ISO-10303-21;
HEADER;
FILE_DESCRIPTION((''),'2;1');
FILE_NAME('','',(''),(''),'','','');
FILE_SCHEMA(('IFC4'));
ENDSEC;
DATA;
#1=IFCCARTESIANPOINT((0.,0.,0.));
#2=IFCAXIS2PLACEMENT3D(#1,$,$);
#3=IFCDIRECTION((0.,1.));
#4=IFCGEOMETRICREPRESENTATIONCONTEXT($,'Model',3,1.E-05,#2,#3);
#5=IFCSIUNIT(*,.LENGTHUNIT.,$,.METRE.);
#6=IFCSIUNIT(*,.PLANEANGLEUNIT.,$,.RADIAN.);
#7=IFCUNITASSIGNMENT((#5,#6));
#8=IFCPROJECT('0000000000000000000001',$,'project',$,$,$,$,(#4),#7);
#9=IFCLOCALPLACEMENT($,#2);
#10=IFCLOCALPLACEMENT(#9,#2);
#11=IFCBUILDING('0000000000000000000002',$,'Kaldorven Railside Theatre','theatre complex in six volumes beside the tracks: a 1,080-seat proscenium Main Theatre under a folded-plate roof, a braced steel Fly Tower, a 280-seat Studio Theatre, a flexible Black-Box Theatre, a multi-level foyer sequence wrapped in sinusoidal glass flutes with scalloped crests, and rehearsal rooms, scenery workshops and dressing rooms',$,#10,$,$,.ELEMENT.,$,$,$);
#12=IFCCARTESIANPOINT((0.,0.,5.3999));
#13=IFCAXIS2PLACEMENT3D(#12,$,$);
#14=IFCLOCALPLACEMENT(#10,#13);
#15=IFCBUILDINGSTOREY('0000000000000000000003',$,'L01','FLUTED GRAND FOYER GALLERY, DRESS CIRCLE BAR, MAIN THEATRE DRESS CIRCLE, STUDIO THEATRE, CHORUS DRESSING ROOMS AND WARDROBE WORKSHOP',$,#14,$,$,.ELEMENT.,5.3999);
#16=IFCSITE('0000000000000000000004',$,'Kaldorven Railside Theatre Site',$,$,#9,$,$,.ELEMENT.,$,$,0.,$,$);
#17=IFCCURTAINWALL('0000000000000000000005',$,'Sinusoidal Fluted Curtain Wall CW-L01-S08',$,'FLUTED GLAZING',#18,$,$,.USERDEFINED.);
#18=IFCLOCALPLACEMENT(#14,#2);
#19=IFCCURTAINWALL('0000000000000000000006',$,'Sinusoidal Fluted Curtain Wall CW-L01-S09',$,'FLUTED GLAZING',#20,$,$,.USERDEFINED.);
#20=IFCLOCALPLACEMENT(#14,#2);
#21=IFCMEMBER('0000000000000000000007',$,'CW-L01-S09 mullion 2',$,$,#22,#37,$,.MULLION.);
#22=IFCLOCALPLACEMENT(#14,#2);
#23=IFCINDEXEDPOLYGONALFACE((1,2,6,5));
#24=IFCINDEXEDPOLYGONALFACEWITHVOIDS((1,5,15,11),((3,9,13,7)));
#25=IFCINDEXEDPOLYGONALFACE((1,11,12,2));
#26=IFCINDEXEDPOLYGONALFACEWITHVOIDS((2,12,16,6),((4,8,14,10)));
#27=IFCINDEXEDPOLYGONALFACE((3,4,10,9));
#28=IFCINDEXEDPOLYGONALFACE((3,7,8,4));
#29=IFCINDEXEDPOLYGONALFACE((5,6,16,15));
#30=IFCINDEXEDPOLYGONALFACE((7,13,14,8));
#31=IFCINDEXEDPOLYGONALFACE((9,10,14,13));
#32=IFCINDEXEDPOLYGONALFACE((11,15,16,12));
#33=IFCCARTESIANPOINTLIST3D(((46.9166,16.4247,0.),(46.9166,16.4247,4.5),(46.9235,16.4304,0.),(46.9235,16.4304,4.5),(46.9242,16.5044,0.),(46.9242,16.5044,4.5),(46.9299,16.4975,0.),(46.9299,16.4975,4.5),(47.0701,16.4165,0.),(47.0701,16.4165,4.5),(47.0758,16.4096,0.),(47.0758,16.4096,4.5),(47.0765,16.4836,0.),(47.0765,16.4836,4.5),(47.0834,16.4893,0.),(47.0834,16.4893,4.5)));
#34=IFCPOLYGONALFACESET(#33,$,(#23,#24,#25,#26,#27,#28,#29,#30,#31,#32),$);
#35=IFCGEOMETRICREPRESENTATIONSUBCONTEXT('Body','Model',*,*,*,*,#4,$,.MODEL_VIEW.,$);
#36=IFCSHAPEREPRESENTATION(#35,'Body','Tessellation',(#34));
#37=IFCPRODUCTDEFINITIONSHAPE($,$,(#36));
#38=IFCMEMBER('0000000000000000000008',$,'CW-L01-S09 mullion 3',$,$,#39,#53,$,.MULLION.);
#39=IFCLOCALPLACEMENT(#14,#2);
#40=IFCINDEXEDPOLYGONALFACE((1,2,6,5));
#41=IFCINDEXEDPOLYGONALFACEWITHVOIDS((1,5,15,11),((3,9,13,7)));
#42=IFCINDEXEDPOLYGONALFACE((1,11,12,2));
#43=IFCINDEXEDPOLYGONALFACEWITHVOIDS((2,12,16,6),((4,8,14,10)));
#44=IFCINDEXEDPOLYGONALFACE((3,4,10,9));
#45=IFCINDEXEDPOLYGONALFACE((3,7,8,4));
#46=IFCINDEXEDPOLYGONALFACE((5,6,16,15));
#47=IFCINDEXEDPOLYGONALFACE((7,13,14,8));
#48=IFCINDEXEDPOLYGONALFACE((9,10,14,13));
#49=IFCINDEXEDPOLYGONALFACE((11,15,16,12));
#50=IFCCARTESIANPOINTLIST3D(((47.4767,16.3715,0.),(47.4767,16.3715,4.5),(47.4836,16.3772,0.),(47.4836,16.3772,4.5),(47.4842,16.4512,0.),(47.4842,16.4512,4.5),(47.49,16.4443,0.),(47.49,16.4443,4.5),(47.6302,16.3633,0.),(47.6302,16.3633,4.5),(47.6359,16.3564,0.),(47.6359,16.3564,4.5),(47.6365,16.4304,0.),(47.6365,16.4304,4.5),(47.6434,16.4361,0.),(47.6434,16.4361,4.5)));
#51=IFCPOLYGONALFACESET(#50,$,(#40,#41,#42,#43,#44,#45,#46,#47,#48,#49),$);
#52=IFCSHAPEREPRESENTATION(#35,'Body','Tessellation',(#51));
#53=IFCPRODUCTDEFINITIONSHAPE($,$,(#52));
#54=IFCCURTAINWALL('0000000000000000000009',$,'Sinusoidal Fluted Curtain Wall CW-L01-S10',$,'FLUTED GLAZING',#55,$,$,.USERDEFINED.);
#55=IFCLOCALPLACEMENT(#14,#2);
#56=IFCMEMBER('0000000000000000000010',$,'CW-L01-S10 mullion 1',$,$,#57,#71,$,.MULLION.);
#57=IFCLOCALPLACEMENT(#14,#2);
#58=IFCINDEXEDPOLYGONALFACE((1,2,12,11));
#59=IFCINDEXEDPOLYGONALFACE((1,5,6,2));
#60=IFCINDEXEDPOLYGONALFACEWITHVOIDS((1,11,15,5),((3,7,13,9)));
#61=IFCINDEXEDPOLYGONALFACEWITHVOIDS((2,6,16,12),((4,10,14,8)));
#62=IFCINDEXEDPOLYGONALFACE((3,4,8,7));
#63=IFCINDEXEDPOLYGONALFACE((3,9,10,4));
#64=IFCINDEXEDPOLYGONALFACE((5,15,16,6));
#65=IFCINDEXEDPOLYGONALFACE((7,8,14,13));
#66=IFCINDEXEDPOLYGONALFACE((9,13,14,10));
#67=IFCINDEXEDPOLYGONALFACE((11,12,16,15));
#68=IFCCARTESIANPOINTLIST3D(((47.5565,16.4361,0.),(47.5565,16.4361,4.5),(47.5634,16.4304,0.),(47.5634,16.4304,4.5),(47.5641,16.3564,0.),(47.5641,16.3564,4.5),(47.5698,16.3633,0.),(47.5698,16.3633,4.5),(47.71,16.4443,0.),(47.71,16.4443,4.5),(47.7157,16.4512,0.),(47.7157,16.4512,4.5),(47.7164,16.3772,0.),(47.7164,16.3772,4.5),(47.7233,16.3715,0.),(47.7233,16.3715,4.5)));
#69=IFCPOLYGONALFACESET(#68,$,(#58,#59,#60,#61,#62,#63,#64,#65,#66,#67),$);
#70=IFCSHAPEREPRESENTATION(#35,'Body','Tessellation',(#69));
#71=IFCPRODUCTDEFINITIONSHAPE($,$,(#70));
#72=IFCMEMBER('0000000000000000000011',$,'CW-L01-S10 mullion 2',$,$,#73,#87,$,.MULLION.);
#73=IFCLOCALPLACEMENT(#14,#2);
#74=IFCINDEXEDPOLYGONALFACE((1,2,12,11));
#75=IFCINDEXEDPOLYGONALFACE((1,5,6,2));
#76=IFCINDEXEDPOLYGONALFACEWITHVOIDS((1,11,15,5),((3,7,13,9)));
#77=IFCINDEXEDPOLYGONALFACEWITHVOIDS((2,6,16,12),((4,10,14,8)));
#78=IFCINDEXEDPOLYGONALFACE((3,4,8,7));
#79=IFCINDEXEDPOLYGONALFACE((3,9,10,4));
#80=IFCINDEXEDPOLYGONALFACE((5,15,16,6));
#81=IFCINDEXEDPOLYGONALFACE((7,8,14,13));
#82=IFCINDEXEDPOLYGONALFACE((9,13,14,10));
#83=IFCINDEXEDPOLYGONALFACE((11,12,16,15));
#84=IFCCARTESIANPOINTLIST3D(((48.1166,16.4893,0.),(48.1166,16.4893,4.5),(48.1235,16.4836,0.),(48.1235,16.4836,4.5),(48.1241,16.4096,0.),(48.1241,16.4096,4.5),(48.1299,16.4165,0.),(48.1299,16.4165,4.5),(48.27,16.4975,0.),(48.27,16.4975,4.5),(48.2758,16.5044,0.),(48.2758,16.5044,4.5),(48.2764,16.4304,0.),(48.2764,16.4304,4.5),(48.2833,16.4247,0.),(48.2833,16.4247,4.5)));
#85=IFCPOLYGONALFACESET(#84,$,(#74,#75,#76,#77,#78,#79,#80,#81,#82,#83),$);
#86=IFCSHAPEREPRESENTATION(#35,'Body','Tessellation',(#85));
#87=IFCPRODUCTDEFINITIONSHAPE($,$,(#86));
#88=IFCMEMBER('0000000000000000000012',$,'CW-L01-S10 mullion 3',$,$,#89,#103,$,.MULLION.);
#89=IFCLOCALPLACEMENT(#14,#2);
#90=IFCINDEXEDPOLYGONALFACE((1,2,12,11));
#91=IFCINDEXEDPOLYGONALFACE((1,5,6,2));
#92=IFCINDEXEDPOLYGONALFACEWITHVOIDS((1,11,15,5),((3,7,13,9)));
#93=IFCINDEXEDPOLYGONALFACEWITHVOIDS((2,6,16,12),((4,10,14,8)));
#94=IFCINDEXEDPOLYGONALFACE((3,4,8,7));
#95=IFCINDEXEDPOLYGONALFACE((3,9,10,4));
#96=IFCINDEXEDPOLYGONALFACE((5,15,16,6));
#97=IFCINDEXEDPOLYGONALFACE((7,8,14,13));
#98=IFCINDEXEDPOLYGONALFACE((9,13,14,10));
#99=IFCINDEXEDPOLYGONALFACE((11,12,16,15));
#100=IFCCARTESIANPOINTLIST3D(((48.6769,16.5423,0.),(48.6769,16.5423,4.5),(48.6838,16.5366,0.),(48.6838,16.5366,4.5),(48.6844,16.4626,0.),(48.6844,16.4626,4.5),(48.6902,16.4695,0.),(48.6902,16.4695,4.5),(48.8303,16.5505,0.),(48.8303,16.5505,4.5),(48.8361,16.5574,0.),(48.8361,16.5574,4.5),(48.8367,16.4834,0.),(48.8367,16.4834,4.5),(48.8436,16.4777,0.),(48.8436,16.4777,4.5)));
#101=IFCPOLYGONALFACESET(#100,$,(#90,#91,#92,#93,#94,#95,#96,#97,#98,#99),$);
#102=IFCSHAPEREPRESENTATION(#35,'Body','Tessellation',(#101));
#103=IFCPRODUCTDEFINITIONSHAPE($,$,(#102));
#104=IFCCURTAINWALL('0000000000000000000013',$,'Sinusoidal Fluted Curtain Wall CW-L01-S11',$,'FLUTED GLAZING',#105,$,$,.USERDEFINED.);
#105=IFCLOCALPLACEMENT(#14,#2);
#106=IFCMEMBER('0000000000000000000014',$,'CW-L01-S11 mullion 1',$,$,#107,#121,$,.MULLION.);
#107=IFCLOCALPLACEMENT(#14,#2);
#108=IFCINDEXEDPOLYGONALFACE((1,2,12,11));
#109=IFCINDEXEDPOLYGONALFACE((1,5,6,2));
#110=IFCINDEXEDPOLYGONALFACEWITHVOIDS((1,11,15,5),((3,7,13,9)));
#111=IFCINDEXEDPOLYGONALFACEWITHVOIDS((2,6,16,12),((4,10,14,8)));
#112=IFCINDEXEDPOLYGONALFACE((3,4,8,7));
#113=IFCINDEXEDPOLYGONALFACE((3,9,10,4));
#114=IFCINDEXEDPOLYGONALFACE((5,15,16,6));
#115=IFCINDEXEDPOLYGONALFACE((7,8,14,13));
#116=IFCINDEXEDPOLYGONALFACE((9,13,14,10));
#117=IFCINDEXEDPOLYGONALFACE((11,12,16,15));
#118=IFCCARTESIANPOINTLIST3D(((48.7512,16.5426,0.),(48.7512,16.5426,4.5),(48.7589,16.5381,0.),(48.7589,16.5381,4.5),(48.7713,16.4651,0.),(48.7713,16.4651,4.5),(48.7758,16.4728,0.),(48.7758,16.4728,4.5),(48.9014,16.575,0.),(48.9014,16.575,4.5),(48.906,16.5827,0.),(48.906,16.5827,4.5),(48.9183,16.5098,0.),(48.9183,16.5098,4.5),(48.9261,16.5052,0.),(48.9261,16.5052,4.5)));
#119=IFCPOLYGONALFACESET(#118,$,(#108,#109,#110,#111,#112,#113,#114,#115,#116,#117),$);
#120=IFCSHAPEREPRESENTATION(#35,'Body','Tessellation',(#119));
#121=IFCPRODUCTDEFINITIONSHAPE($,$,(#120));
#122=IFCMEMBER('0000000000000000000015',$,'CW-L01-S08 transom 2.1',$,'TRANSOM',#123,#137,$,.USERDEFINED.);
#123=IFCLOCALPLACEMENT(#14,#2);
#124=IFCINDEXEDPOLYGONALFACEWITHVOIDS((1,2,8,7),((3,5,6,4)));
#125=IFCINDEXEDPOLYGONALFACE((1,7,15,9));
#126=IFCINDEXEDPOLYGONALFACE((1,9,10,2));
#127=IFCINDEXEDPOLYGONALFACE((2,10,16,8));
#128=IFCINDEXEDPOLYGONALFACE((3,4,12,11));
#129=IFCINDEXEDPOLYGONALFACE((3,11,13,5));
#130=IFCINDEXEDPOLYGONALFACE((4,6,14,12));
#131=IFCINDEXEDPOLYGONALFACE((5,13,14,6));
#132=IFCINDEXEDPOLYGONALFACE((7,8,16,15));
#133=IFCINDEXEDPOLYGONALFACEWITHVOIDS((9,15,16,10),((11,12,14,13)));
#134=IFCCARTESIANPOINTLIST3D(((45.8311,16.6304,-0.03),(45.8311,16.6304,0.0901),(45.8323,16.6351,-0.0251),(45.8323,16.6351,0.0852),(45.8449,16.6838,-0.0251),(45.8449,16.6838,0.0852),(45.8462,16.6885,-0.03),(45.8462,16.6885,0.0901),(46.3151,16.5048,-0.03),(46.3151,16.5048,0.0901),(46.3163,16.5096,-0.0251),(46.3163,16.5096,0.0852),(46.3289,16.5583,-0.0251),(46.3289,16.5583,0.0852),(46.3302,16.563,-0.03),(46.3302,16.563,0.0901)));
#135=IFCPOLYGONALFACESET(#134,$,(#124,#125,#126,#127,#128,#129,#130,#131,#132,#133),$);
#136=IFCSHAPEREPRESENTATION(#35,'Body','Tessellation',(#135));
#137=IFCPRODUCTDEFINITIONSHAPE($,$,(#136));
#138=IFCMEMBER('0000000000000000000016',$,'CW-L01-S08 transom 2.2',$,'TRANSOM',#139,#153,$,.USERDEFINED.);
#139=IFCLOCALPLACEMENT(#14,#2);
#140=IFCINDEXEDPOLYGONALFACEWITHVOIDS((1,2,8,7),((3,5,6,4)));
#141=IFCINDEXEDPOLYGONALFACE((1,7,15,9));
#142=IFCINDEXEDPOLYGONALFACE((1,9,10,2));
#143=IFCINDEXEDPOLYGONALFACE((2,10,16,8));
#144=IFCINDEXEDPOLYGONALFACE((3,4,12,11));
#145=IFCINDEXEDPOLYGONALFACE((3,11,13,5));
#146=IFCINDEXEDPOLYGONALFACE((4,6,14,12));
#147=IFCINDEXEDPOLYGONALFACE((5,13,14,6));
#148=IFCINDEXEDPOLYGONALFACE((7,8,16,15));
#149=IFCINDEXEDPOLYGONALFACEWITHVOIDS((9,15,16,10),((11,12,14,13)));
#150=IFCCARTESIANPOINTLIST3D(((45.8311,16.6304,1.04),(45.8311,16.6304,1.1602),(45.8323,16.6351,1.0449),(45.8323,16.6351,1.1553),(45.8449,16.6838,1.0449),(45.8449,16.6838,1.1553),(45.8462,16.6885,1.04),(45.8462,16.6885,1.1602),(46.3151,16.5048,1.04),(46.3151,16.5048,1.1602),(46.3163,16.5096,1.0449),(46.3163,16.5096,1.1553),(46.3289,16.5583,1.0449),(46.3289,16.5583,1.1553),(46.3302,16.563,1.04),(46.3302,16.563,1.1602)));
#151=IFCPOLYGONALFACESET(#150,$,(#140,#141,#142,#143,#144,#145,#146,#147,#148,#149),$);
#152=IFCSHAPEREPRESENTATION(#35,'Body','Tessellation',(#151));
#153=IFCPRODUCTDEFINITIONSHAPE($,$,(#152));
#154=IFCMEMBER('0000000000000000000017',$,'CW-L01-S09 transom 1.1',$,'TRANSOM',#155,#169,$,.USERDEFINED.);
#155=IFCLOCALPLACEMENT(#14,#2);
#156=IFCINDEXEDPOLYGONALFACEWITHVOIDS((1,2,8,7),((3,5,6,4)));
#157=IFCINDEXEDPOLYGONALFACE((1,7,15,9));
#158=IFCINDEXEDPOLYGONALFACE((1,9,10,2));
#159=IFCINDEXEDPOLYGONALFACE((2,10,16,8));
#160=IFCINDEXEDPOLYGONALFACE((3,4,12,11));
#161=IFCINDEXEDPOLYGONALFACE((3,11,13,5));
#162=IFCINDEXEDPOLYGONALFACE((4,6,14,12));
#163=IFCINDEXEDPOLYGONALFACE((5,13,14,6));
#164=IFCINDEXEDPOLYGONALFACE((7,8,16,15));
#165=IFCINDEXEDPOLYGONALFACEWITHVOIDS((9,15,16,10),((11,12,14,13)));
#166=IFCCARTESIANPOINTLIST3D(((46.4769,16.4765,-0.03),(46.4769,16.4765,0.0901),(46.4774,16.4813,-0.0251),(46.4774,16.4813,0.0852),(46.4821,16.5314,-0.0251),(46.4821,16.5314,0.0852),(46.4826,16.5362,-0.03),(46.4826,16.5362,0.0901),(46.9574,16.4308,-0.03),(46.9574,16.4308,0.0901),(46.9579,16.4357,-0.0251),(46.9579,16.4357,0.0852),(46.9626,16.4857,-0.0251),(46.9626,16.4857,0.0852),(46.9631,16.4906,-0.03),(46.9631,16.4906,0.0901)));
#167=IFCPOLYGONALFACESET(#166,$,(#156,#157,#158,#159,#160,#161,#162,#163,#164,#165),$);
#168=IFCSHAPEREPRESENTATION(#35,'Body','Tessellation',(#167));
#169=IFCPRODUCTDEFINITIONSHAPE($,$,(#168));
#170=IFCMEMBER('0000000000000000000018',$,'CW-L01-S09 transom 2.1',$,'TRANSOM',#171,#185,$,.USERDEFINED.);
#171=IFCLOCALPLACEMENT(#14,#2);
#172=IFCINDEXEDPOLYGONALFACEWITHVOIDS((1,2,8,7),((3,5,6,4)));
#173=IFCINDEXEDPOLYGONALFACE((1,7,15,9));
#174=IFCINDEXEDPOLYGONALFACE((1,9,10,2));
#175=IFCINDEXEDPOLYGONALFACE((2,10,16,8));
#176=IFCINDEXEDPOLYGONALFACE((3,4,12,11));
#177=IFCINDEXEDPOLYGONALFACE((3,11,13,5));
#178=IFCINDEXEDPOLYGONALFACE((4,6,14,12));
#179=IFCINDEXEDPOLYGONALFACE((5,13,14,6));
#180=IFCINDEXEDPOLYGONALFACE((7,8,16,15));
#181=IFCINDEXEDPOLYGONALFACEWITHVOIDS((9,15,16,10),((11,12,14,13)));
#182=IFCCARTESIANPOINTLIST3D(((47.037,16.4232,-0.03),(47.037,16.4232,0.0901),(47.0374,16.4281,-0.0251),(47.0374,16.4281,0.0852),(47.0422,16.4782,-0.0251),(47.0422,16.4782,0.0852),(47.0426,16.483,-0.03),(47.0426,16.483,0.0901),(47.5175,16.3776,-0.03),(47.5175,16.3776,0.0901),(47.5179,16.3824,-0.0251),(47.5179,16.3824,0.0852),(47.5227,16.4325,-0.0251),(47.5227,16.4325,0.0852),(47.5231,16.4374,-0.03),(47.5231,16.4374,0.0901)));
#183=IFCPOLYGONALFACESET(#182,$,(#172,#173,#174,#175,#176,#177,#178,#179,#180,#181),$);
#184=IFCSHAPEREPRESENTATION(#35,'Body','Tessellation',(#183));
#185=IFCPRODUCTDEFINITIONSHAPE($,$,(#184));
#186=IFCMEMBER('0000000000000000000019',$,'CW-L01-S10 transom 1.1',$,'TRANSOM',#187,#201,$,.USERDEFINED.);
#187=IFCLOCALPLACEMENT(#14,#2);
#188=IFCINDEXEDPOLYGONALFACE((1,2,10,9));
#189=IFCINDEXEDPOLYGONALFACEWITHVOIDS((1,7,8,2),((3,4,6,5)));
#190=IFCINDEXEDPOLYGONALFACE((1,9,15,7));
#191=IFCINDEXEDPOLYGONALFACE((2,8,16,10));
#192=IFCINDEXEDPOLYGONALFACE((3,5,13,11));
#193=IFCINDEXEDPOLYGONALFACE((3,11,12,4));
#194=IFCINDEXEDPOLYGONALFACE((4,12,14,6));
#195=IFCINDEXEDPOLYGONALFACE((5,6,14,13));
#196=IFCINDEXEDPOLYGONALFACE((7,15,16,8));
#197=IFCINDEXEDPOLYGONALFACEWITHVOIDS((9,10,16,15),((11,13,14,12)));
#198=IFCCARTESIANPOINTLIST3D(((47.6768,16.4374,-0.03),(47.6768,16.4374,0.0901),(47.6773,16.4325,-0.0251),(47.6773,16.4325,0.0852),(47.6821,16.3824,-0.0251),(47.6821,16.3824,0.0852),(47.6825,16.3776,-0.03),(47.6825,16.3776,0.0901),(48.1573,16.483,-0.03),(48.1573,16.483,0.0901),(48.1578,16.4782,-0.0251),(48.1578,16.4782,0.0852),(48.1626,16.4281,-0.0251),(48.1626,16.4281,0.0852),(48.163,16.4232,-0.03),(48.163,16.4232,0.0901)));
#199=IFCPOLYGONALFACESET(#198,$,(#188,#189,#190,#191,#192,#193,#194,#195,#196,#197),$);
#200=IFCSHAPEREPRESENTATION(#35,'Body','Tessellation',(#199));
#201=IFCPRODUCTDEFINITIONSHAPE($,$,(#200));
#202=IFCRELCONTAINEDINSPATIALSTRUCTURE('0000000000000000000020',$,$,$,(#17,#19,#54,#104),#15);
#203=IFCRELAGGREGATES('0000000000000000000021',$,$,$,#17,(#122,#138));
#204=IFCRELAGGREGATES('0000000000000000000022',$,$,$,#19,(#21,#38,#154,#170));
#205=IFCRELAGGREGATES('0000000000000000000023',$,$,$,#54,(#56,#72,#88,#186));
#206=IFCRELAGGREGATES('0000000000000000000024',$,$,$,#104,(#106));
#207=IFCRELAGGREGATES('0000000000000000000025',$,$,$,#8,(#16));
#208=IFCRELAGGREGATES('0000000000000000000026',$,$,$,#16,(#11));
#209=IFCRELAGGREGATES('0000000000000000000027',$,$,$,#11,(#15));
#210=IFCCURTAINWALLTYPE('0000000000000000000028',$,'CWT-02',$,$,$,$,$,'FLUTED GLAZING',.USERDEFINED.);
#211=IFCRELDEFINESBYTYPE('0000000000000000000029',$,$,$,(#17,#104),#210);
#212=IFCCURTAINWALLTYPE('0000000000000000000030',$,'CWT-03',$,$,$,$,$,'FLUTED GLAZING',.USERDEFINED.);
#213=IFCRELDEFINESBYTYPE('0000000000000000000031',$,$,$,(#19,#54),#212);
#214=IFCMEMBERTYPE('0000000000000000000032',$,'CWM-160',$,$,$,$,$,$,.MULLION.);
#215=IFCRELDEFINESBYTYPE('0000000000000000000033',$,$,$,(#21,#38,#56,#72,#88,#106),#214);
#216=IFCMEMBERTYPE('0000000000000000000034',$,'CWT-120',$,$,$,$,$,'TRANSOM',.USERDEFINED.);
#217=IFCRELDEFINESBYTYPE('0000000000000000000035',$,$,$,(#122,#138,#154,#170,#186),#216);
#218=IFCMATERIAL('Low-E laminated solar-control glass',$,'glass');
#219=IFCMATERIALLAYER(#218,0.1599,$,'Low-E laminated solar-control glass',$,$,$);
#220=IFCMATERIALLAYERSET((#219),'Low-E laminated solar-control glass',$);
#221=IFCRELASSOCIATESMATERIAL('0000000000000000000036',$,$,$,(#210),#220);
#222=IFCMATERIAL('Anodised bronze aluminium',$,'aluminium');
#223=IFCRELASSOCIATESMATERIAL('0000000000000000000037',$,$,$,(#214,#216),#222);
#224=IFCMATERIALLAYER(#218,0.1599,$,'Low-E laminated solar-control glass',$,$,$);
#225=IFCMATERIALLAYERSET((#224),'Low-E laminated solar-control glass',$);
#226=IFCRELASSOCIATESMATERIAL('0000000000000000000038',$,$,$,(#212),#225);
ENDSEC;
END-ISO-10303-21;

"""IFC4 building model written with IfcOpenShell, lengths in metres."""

from ifc_helpers import new_model, si_unit, direction, frame, origin, origin_2d, place, context, subcontext, project, spatial, hollow_rectangle, extrude, material, layer, layer_set, material_profile, profile_set, type_object, element, aggregate, save


model = new_model("IFC4")

# Units and contexts
model_context = context("Model", 3, precision=1e-05, world=origin(), true_north=direction((0.0, 1.0)))
body_context = subcontext(model_context, "Body", "Model", "MODEL_VIEW")
ifc_project = project(units=[si_unit("LENGTHUNIT", "METRE"), si_unit("PLANEANGLEUNIT", "RADIAN")], contexts=[model_context])

# Site, building, storey
site_placement = place(None, origin())
site = spatial("IfcSite", under=ifc_project, at=site_placement, Name="Kaldorven Railside Theatre Site", CompositionType="ELEMENT", RefElevation=0.0)
building_placement = place(site_placement, origin())
building = spatial("IfcBuilding", under=site, at=building_placement, Name="Kaldorven Railside Theatre", Description="theatre complex in six volumes beside the tracks: a 1,080-seat proscenium Main Theatre under a folded-plate roof, a braced steel Fly Tower, a 280-seat Studio Theatre, a flexible Black-Box Theatre, a multi-level foyer sequence wrapped in sinusoidal glass flutes with scalloped crests, and rehearsal rooms, scenery workshops and dressing rooms", CompositionType="ELEMENT")
storey_placement = place(building_placement, frame((0.0, 0.0, 5.3999)))
storey = spatial("IfcBuildingStorey", under=building, at=storey_placement, Name="L01", Description="FLUTED GRAND FOYER GALLERY, DRESS CIRCLE BAR, MAIN THEATRE DRESS CIRCLE, STUDIO THEATRE, CHORUS DRESSING ROOMS AND WARDROBE WORKSHOP", CompositionType="ELEMENT", Elevation=5.3999)

# Curtain walls, members
ifc_material_1 = material(Name="Low-E laminated solar-control glass", Category="glass")
ifc_layer_1 = layer(ifc_material_1, 0.1599, Name="Low-E laminated solar-control glass")
ifc_layer_set_1 = layer_set([ifc_layer_1], Name="Low-E laminated solar-control glass")
curtain_wall_type_1 = type_object("IfcCurtainWallType", Name="CWT-02", ElementType="FLUTED GLAZING", PredefinedType="USERDEFINED", material=ifc_layer_set_1)
curtain_wall_1_placement = place(storey_placement, origin())
curtain_wall_1 = element("IfcCurtainWall", 1, at=curtain_wall_1_placement, inside=storey, type_object=curtain_wall_type_1, Name="Sinusoidal Fluted Curtain Wall CW-L01-S08", ObjectType="FLUTED GLAZING", PredefinedType="USERDEFINED")
ifc_material_2 = material(Name="Anodised bronze aluminium", Category="aluminium")
ifc_material_profile_1 = material_profile(ifc_material_2, hollow_rectangle(XDim=0.0801, YDim=0.1599, WallThickness=0.0063, at=origin_2d()), Name="RHS 160x80x6.3")
ifc_profile_set_1 = profile_set([ifc_material_profile_1], Name="Anodised bronze aluminium")
member_type_1 = type_object("IfcMemberType", Name="CWM-160", PredefinedType="MULLION", material=ifc_profile_set_1)
ifc_layer_2 = layer(ifc_material_1, 0.1599, Name="Low-E laminated solar-control glass")
ifc_layer_set_2 = layer_set([ifc_layer_2], Name="Low-E laminated solar-control glass")
curtain_wall_type_2 = type_object("IfcCurtainWallType", Name="CWT-03", ElementType="FLUTED GLAZING", PredefinedType="USERDEFINED", material=ifc_layer_set_2)
curtain_wall_2_placement = place(storey_placement, origin())
curtain_wall_2 = element("IfcCurtainWall", 2, at=curtain_wall_2_placement, inside=storey, type_object=curtain_wall_type_2, Name="Sinusoidal Fluted Curtain Wall CW-L01-S09", ObjectType="FLUTED GLAZING", PredefinedType="USERDEFINED")
member_1_placement = place(storey_placement, frame((47.0, 16.457, 0.0), z_axis=(0.0, 0.0, 1.0), x_axis=(0.094492, 0.995526, 0.0)))
member_1 = element("IfcMember", 3, at=member_1_placement, type_object=member_type_1, Name="CW-L01-S09 mullion 2", PredefinedType="MULLION", context=body_context, shape_type="SweptSolid", body=[
    extrude(hollow_rectangle(XDim=0.0801, YDim=0.1599, WallThickness=0.0063, at=origin_2d()), origin(), (0.0, 0.0, 1.0), 4.5),
])
member_2_placement = place(storey_placement, frame((47.5601, 16.4038, 0.0), z_axis=(0.0, 0.0, 1.0), x_axis=(0.094492, 0.995526, 0.0)))
member_2 = element("IfcMember", 4, at=member_2_placement, type_object=member_type_1, Name="CW-L01-S09 mullion 3", PredefinedType="MULLION", context=body_context, shape_type="SweptSolid", body=[
    extrude(hollow_rectangle(XDim=0.0801, YDim=0.1599, WallThickness=0.0063, at=origin_2d()), origin(), (0.0, 0.0, 1.0), 4.5),
])
curtain_wall_3_placement = place(storey_placement, origin())
curtain_wall_3 = element("IfcCurtainWall", 5, at=curtain_wall_3_placement, inside=storey, type_object=curtain_wall_type_2, Name="Sinusoidal Fluted Curtain Wall CW-L01-S10", ObjectType="FLUTED GLAZING", PredefinedType="USERDEFINED")
member_3_placement = place(storey_placement, frame((47.6399, 16.4038, 0.0), z_axis=(0.0, 0.0, 1.0), x_axis=(-0.094492, 0.995526, 0.0)))
member_3 = element("IfcMember", 6, at=member_3_placement, type_object=member_type_1, Name="CW-L01-S10 mullion 1", PredefinedType="MULLION", context=body_context, shape_type="SweptSolid", body=[
    extrude(hollow_rectangle(XDim=0.0801, YDim=0.1599, WallThickness=0.0063, at=origin_2d()), origin(), (0.0, 0.0, 1.0), 4.5),
])
member_4_placement = place(storey_placement, frame((48.2, 16.457, 0.0), z_axis=(0.0, 0.0, 1.0), x_axis=(-0.094492, 0.995526, 0.0)))
member_4 = element("IfcMember", 7, at=member_4_placement, type_object=member_type_1, Name="CW-L01-S10 mullion 2", PredefinedType="MULLION", context=body_context, shape_type="SweptSolid", body=[
    extrude(hollow_rectangle(XDim=0.0801, YDim=0.1599, WallThickness=0.0063, at=origin_2d()), origin(), (0.0, 0.0, 1.0), 4.5),
])
member_5_placement = place(storey_placement, frame((48.7603, 16.51, 0.0), z_axis=(0.0, 0.0, 1.0), x_axis=(-0.094492, 0.995526, 0.0)))
member_5 = element("IfcMember", 8, at=member_5_placement, type_object=member_type_1, Name="CW-L01-S10 mullion 3", PredefinedType="MULLION", context=body_context, shape_type="SweptSolid", body=[
    extrude(hollow_rectangle(XDim=0.0801, YDim=0.1599, WallThickness=0.0063, at=origin_2d()), origin(), (0.0, 0.0, 1.0), 4.5),
])

# Curtain wall, member
curtain_wall_4_placement = place(storey_placement, origin())
curtain_wall_4 = element("IfcCurtainWall", 9, at=curtain_wall_4_placement, inside=storey, type_object=curtain_wall_type_1, Name="Sinusoidal Fluted Curtain Wall CW-L01-S11", ObjectType="FLUTED GLAZING", PredefinedType="USERDEFINED")
member_6_placement = place(storey_placement, frame((48.8386, 16.5239, 0.0), z_axis=(0.0, 0.0, 1.0), x_axis=(-0.250954, 0.967999, 0.0)))
member_6 = element("IfcMember", 10, at=member_6_placement, type_object=member_type_1, Name="CW-L01-S11 mullion 1", PredefinedType="MULLION", context=body_context, shape_type="SweptSolid", body=[
    extrude(hollow_rectangle(XDim=0.0801, YDim=0.1599, WallThickness=0.0063, at=origin_2d()), origin(), (0.0, 0.0, 1.0), 4.5),
])

# Members
ifc_material_profile_2 = material_profile(ifc_material_2, hollow_rectangle(XDim=0.0601, YDim=0.1201, WallThickness=0.0049, at=origin_2d()), Name="RHS 120x60x5")
ifc_profile_set_2 = profile_set([ifc_material_profile_2], Name="Anodised bronze aluminium")
member_type_2 = type_object("IfcMemberType", Name="CWT-120", ElementType="TRANSOM", PredefinedType="USERDEFINED", material=ifc_profile_set_2)
member_7_placement = place(storey_placement, frame((45.8386, 16.6594, 0.03), z_axis=(0.967979, -0.25103, 0.0), x_axis=(0.25103, 0.967979, 0.0)))
member_7 = element("IfcMember", 11, at=member_7_placement, type_object=member_type_2, Name="CW-L01-S08 transom 2.1", ObjectType="TRANSOM", PredefinedType="USERDEFINED", context=body_context, shape_type="SweptSolid", body=[
    extrude(hollow_rectangle(XDim=0.0601, YDim=0.1201, WallThickness=0.0049, at=origin_2d()), origin(), (0.0, 0.0, 1.0), 0.5),
])
member_8_placement = place(storey_placement, frame((45.8386, 16.6594, 1.1001), z_axis=(0.967979, -0.25103, 0.0), x_axis=(0.25103, 0.967979, 0.0)))
member_8 = element("IfcMember", 12, at=member_8_placement, type_object=member_type_2, Name="CW-L01-S08 transom 2.2", ObjectType="TRANSOM", PredefinedType="USERDEFINED", context=body_context, shape_type="SweptSolid", body=[
    extrude(hollow_rectangle(XDim=0.0601, YDim=0.1201, WallThickness=0.0049, at=origin_2d()), origin(), (0.0, 0.0, 1.0), 0.5),
])
member_9_placement = place(storey_placement, frame((46.4797, 16.5063, 0.03), z_axis=(0.995516, -0.094594, 0.0), x_axis=(0.094594, 0.995516, 0.0)))
member_9 = element("IfcMember", 13, at=member_9_placement, type_object=member_type_2, Name="CW-L01-S09 transom 1.1", ObjectType="TRANSOM", PredefinedType="USERDEFINED", context=body_context, shape_type="SweptSolid", body=[
    extrude(hollow_rectangle(XDim=0.0601, YDim=0.1201, WallThickness=0.0049, at=origin_2d()), origin(), (0.0, 0.0, 1.0), 0.4827),
])
member_10_placement = place(storey_placement, frame((47.0398, 16.4531, 0.03), z_axis=(0.995516, -0.094594, 0.0), x_axis=(0.094594, 0.995516, 0.0)))
member_10 = element("IfcMember", 14, at=member_10_placement, type_object=member_type_2, Name="CW-L01-S09 transom 2.1", ObjectType="TRANSOM", PredefinedType="USERDEFINED", context=body_context, shape_type="SweptSolid", body=[
    extrude(hollow_rectangle(XDim=0.0601, YDim=0.1201, WallThickness=0.0049, at=origin_2d()), origin(), (0.0, 0.0, 1.0), 0.4827),
])
member_11_placement = place(storey_placement, frame((47.6797, 16.4075, 0.03), z_axis=(0.995516, 0.094594, 0.0), x_axis=(-0.094594, 0.995516, 0.0)))
member_11 = element("IfcMember", 15, at=member_11_placement, type_object=member_type_2, Name="CW-L01-S10 transom 1.1", ObjectType="TRANSOM", PredefinedType="USERDEFINED", context=body_context, shape_type="SweptSolid", body=[
    extrude(hollow_rectangle(XDim=0.0601, YDim=0.1201, WallThickness=0.0049, at=origin_2d()), origin(), (0.0, 0.0, 1.0), 0.4827),
])

aggregate(curtain_wall_1, [member_7, member_8])
aggregate(curtain_wall_2, [member_1, member_2, member_9, member_10])
aggregate(curtain_wall_3, [member_3, member_4, member_5, member_11])
aggregate(curtain_wall_4, [member_6])

save(model, "model.ifc")
